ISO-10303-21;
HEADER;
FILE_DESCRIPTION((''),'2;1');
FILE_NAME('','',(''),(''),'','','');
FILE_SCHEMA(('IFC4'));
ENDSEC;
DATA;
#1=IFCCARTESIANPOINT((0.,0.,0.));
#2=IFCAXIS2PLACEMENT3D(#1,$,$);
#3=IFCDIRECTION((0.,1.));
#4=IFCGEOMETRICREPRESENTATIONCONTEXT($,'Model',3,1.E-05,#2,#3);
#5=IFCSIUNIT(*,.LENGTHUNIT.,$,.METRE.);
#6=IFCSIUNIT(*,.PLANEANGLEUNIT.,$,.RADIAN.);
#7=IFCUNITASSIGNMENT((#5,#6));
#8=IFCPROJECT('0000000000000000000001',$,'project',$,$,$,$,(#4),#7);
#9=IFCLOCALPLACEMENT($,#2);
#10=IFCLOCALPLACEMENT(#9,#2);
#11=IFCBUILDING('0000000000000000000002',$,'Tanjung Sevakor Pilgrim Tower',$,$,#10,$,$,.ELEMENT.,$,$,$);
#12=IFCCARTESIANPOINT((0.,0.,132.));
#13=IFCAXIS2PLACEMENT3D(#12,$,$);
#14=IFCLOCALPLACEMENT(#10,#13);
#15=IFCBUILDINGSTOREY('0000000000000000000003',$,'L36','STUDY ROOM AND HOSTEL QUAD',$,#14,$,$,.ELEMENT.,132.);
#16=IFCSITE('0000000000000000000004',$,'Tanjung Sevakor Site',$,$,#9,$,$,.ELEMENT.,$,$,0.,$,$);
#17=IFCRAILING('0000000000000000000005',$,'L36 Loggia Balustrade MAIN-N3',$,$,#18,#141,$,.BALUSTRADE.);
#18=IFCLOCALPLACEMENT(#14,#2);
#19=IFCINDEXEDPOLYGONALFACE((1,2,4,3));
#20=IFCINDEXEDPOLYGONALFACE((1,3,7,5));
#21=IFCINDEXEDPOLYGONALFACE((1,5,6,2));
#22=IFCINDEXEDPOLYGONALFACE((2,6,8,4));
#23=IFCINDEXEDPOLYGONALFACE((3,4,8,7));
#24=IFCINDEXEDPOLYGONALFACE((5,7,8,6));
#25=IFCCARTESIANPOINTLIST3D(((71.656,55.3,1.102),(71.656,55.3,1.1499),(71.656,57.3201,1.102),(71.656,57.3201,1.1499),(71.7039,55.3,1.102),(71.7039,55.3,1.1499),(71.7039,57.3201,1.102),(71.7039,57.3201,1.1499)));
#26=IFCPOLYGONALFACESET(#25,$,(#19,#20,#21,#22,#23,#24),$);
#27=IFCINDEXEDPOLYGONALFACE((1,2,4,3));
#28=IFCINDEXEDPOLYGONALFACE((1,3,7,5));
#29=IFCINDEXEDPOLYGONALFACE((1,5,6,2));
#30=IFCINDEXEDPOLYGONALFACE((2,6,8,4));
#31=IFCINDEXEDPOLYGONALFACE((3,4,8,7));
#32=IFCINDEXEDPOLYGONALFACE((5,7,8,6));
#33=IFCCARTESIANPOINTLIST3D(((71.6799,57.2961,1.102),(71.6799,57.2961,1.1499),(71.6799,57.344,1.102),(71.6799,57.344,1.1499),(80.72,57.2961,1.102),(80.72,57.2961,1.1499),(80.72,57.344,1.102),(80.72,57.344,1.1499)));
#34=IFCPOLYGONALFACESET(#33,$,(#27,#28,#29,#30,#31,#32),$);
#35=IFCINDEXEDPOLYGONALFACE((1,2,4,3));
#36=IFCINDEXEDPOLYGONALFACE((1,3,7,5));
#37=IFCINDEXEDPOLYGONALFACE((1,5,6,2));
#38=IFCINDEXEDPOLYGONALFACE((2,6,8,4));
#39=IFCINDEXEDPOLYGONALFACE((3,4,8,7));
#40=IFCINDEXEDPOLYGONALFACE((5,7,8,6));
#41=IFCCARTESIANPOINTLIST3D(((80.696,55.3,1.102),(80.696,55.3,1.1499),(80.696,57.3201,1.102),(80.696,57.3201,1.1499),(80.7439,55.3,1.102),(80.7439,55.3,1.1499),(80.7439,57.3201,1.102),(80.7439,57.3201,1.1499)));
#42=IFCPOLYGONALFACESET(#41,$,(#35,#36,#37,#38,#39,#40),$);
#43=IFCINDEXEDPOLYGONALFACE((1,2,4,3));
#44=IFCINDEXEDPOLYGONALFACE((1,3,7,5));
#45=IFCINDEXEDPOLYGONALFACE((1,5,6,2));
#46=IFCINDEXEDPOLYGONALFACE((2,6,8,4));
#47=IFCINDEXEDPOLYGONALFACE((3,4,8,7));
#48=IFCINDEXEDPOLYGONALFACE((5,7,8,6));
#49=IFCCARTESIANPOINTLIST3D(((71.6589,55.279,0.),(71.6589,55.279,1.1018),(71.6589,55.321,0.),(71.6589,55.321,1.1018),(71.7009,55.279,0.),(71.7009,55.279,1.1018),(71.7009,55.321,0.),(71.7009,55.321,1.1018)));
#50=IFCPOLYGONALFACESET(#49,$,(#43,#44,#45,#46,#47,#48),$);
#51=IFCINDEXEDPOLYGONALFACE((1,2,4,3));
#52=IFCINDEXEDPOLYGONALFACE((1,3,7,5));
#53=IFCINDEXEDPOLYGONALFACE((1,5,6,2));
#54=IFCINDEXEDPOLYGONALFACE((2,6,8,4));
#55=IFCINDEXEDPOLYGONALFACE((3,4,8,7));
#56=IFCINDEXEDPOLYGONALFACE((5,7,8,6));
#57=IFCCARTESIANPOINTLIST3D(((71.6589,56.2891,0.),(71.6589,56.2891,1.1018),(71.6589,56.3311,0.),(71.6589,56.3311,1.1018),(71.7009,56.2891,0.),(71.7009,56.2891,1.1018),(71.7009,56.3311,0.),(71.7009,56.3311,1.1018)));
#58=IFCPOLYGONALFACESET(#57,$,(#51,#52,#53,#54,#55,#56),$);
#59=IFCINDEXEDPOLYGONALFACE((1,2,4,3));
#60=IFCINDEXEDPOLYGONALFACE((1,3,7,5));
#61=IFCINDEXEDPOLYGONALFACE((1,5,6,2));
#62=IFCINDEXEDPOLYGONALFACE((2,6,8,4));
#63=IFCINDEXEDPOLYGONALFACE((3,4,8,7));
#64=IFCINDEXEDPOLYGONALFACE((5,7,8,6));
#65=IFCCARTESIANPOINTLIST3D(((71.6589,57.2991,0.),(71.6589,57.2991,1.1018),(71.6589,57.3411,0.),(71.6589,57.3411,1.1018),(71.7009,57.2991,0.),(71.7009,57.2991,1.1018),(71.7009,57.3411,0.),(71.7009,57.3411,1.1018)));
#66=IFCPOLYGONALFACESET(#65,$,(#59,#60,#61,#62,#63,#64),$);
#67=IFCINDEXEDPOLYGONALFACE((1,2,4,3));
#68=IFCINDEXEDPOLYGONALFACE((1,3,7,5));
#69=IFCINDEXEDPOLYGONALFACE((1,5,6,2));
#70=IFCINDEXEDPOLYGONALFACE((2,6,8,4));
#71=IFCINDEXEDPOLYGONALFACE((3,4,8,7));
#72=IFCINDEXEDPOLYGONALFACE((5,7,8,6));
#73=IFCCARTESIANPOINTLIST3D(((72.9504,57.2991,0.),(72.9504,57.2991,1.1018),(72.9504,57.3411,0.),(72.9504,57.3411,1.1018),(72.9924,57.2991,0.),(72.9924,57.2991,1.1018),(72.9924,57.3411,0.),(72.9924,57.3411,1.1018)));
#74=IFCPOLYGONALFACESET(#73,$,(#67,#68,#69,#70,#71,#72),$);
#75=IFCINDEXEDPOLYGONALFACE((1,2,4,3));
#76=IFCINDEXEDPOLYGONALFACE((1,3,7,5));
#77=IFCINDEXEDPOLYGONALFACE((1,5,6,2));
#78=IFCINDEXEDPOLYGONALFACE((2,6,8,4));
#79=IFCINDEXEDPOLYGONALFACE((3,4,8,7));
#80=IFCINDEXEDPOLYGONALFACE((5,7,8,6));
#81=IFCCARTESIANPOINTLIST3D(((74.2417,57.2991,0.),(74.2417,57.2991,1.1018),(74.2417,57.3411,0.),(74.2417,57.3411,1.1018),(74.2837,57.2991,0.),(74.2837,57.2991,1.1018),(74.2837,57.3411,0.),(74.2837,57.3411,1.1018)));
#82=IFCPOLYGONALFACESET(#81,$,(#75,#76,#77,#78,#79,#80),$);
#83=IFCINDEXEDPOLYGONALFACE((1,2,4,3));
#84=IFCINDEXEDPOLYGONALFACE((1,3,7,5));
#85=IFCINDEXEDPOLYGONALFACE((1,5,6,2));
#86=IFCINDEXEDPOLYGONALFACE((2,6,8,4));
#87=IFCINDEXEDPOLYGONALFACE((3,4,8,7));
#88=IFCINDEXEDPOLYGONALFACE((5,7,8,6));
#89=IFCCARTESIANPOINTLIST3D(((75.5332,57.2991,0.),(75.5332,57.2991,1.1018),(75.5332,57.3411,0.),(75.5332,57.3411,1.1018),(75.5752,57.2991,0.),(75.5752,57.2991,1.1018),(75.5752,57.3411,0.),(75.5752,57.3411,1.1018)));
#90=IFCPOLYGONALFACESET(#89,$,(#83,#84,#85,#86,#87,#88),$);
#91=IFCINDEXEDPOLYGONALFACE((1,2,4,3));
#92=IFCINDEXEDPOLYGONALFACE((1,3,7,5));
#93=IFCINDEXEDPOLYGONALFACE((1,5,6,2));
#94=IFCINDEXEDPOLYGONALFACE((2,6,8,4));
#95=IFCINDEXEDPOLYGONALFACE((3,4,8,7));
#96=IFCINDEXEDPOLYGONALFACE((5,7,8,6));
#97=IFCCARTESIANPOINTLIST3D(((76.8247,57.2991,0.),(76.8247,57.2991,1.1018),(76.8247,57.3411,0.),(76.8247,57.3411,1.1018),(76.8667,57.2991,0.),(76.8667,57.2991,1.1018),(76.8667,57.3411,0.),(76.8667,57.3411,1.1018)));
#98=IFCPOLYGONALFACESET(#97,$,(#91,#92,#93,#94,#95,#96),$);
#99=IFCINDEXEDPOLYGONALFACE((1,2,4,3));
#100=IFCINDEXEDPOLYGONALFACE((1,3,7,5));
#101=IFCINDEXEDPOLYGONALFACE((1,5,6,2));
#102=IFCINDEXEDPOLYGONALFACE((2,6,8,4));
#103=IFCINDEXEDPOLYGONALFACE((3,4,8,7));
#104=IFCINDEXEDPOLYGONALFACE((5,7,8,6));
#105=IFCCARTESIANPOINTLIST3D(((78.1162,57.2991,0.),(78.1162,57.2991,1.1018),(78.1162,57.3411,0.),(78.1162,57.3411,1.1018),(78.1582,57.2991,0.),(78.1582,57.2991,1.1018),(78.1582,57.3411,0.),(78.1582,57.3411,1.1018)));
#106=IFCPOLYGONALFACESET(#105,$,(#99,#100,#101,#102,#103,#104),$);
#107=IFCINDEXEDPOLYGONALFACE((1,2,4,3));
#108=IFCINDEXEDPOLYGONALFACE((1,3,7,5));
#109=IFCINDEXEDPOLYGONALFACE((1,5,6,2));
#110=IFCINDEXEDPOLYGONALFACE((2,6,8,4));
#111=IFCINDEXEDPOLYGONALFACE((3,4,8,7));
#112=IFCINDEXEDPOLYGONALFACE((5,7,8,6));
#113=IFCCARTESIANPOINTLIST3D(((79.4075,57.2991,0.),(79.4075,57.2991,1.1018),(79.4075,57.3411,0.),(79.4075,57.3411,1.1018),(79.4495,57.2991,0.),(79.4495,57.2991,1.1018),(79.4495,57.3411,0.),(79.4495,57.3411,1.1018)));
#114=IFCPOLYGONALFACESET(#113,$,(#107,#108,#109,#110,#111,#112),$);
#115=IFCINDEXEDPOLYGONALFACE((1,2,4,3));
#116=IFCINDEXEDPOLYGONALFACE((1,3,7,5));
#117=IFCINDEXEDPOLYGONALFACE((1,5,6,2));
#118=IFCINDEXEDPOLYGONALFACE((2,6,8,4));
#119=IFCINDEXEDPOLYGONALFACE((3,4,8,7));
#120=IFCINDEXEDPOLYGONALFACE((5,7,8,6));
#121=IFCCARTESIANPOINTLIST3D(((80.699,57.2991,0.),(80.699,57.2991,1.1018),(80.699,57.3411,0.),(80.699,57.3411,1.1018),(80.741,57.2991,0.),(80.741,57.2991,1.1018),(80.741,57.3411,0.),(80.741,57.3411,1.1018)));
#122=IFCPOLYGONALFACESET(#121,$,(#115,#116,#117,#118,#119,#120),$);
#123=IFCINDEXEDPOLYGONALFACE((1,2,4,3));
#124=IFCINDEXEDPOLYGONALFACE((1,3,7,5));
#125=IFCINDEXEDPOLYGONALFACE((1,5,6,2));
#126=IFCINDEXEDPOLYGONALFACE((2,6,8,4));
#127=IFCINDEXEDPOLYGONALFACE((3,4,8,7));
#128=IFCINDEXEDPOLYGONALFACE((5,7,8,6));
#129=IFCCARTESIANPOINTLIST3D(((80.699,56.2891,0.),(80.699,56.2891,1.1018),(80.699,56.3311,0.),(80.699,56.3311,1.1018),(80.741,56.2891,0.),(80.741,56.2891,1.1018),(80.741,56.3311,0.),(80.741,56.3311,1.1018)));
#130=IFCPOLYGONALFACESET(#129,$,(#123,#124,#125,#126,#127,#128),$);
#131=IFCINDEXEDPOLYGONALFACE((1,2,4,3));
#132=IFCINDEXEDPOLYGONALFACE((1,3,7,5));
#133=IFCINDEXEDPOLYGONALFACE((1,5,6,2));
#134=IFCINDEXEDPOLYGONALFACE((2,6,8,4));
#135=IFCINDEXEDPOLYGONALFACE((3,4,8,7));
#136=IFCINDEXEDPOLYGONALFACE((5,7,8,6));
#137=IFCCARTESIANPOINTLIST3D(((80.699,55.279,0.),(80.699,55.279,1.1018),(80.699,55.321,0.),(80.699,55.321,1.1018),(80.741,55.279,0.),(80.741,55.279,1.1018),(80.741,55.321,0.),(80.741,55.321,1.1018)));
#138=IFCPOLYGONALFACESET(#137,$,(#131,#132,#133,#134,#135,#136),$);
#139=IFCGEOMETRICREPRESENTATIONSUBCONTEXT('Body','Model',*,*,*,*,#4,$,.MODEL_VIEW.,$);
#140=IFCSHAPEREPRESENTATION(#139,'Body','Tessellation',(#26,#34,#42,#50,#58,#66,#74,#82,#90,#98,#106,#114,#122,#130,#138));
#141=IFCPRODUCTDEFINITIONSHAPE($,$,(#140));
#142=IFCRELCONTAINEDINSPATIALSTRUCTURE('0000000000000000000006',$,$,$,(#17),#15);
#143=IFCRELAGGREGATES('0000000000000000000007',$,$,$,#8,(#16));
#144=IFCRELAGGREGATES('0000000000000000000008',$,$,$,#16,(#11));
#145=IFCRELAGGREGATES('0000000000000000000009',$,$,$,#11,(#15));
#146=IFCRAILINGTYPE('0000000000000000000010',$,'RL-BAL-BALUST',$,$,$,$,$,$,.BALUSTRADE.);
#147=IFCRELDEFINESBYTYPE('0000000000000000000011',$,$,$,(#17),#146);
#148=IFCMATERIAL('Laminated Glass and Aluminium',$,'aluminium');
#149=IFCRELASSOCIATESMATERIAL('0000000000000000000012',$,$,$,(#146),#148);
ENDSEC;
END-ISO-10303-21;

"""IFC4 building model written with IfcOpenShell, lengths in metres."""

from ifc_helpers import new_model, si_unit, direction, frame, origin, place, context, subcontext, project, spatial, rectangle, extrude, material, type_object, element, save


model = new_model("IFC4")

# Units and contexts
model_context = context("Model", 3, precision=1e-05, world=origin(), true_north=direction((0.0, 1.0)))
body_context = subcontext(model_context, "Body", "Model", "MODEL_VIEW")
ifc_project = project(units=[si_unit("LENGTHUNIT", "METRE"), si_unit("PLANEANGLEUNIT", "RADIAN")], contexts=[model_context])

# Site, building, storey
site_placement = place(None, origin())
site = spatial("IfcSite", under=ifc_project, at=site_placement, Name="Tanjung Sevakor Site", CompositionType="ELEMENT", RefElevation=0.0)
building_placement = place(site_placement, origin())
building = spatial("IfcBuilding", under=site, at=building_placement, Name="Tanjung Sevakor Pilgrim Tower", CompositionType="ELEMENT")
storey_placement = place(building_placement, frame((0.0, 0.0, 132.0)))
storey = spatial("IfcBuildingStorey", under=building, at=storey_placement, Name="L36", Description="STUDY ROOM AND HOSTEL QUAD", CompositionType="ELEMENT", Elevation=132.0)

# Railing
ifc_material_1 = material(Name="Laminated Glass and Aluminium", Category="aluminium")
railing_type = type_object("IfcRailingType", Name="RL-BAL-BALUST", PredefinedType="BALUSTRADE", material=ifc_material_1)
railing_1_placement = place(storey_placement, frame((71.6799, 55.3, 0.0)))
element("IfcRailing", 1, at=railing_1_placement, inside=storey, type_object=railing_type, Name="L36 Loggia Balustrade MAIN-N3", PredefinedType="BALUSTRADE", context=body_context, shape_type="SweptSolid", body=[
    extrude(rectangle(XDim=0.0479, YDim=0.0479), frame((0.0, 0.0, 1.126), z_axis=(0.0, 1.0, 0.0), x_axis=(-1.0, 0.0, 0.0)), (0.0, 0.0, 1.0), 2.02),
    extrude(rectangle(XDim=0.0479, YDim=0.0479), frame((0.0, 2.02, 1.126), z_axis=(1.0, 0.0, 0.0), x_axis=(0.0, 1.0, 0.0)), (0.0, 0.0, 1.0), 9.04),
    extrude(rectangle(XDim=0.0479, YDim=0.0479), frame((9.04, 2.02, 1.126), z_axis=(0.0, -1.0, 0.0), x_axis=(1.0, 0.0, 0.0)), (0.0, 0.0, 1.0), 2.02),
    extrude(rectangle(XDim=0.042, YDim=0.042), origin(), (0.0, 0.0, 1.0), 1.1018),
    extrude(rectangle(XDim=0.042, YDim=0.042), frame((0.0, 1.01, 0.0)), (0.0, 0.0, 1.0), 1.1018),
    extrude(rectangle(XDim=0.042, YDim=0.042), frame((0.0, 2.02, 0.0)), (0.0, 0.0, 1.0), 1.1018),
    extrude(rectangle(XDim=0.042, YDim=0.042), frame((1.2915, 2.02, 0.0)), (0.0, 0.0, 1.0), 1.1018),
    extrude(rectangle(XDim=0.042, YDim=0.042), frame((2.5828, 2.02, 0.0)), (0.0, 0.0, 1.0), 1.1018),
    extrude(rectangle(XDim=0.042, YDim=0.042), frame((3.8743, 2.02, 0.0)), (0.0, 0.0, 1.0), 1.1018),
    extrude(rectangle(XDim=0.042, YDim=0.042), frame((5.1658, 2.02, 0.0)), (0.0, 0.0, 1.0), 1.1018),
    extrude(rectangle(XDim=0.042, YDim=0.042), frame((6.4573, 2.02, 0.0)), (0.0, 0.0, 1.0), 1.1018),
    extrude(rectangle(XDim=0.042, YDim=0.042), frame((7.7485, 2.02, 0.0)), (0.0, 0.0, 1.0), 1.1018),
    extrude(rectangle(XDim=0.042, YDim=0.042), frame((9.04, 2.02, 0.0)), (0.0, 0.0, 1.0), 1.1018),
    extrude(rectangle(XDim=0.042, YDim=0.042), frame((9.04, 1.01, 0.0)), (0.0, 0.0, 1.0), 1.1018),
    extrude(rectangle(XDim=0.042, YDim=0.042), frame((9.04, 0.0, 0.0)), (0.0, 0.0, 1.0), 1.1018),
])

save(model, "model.ifc")
